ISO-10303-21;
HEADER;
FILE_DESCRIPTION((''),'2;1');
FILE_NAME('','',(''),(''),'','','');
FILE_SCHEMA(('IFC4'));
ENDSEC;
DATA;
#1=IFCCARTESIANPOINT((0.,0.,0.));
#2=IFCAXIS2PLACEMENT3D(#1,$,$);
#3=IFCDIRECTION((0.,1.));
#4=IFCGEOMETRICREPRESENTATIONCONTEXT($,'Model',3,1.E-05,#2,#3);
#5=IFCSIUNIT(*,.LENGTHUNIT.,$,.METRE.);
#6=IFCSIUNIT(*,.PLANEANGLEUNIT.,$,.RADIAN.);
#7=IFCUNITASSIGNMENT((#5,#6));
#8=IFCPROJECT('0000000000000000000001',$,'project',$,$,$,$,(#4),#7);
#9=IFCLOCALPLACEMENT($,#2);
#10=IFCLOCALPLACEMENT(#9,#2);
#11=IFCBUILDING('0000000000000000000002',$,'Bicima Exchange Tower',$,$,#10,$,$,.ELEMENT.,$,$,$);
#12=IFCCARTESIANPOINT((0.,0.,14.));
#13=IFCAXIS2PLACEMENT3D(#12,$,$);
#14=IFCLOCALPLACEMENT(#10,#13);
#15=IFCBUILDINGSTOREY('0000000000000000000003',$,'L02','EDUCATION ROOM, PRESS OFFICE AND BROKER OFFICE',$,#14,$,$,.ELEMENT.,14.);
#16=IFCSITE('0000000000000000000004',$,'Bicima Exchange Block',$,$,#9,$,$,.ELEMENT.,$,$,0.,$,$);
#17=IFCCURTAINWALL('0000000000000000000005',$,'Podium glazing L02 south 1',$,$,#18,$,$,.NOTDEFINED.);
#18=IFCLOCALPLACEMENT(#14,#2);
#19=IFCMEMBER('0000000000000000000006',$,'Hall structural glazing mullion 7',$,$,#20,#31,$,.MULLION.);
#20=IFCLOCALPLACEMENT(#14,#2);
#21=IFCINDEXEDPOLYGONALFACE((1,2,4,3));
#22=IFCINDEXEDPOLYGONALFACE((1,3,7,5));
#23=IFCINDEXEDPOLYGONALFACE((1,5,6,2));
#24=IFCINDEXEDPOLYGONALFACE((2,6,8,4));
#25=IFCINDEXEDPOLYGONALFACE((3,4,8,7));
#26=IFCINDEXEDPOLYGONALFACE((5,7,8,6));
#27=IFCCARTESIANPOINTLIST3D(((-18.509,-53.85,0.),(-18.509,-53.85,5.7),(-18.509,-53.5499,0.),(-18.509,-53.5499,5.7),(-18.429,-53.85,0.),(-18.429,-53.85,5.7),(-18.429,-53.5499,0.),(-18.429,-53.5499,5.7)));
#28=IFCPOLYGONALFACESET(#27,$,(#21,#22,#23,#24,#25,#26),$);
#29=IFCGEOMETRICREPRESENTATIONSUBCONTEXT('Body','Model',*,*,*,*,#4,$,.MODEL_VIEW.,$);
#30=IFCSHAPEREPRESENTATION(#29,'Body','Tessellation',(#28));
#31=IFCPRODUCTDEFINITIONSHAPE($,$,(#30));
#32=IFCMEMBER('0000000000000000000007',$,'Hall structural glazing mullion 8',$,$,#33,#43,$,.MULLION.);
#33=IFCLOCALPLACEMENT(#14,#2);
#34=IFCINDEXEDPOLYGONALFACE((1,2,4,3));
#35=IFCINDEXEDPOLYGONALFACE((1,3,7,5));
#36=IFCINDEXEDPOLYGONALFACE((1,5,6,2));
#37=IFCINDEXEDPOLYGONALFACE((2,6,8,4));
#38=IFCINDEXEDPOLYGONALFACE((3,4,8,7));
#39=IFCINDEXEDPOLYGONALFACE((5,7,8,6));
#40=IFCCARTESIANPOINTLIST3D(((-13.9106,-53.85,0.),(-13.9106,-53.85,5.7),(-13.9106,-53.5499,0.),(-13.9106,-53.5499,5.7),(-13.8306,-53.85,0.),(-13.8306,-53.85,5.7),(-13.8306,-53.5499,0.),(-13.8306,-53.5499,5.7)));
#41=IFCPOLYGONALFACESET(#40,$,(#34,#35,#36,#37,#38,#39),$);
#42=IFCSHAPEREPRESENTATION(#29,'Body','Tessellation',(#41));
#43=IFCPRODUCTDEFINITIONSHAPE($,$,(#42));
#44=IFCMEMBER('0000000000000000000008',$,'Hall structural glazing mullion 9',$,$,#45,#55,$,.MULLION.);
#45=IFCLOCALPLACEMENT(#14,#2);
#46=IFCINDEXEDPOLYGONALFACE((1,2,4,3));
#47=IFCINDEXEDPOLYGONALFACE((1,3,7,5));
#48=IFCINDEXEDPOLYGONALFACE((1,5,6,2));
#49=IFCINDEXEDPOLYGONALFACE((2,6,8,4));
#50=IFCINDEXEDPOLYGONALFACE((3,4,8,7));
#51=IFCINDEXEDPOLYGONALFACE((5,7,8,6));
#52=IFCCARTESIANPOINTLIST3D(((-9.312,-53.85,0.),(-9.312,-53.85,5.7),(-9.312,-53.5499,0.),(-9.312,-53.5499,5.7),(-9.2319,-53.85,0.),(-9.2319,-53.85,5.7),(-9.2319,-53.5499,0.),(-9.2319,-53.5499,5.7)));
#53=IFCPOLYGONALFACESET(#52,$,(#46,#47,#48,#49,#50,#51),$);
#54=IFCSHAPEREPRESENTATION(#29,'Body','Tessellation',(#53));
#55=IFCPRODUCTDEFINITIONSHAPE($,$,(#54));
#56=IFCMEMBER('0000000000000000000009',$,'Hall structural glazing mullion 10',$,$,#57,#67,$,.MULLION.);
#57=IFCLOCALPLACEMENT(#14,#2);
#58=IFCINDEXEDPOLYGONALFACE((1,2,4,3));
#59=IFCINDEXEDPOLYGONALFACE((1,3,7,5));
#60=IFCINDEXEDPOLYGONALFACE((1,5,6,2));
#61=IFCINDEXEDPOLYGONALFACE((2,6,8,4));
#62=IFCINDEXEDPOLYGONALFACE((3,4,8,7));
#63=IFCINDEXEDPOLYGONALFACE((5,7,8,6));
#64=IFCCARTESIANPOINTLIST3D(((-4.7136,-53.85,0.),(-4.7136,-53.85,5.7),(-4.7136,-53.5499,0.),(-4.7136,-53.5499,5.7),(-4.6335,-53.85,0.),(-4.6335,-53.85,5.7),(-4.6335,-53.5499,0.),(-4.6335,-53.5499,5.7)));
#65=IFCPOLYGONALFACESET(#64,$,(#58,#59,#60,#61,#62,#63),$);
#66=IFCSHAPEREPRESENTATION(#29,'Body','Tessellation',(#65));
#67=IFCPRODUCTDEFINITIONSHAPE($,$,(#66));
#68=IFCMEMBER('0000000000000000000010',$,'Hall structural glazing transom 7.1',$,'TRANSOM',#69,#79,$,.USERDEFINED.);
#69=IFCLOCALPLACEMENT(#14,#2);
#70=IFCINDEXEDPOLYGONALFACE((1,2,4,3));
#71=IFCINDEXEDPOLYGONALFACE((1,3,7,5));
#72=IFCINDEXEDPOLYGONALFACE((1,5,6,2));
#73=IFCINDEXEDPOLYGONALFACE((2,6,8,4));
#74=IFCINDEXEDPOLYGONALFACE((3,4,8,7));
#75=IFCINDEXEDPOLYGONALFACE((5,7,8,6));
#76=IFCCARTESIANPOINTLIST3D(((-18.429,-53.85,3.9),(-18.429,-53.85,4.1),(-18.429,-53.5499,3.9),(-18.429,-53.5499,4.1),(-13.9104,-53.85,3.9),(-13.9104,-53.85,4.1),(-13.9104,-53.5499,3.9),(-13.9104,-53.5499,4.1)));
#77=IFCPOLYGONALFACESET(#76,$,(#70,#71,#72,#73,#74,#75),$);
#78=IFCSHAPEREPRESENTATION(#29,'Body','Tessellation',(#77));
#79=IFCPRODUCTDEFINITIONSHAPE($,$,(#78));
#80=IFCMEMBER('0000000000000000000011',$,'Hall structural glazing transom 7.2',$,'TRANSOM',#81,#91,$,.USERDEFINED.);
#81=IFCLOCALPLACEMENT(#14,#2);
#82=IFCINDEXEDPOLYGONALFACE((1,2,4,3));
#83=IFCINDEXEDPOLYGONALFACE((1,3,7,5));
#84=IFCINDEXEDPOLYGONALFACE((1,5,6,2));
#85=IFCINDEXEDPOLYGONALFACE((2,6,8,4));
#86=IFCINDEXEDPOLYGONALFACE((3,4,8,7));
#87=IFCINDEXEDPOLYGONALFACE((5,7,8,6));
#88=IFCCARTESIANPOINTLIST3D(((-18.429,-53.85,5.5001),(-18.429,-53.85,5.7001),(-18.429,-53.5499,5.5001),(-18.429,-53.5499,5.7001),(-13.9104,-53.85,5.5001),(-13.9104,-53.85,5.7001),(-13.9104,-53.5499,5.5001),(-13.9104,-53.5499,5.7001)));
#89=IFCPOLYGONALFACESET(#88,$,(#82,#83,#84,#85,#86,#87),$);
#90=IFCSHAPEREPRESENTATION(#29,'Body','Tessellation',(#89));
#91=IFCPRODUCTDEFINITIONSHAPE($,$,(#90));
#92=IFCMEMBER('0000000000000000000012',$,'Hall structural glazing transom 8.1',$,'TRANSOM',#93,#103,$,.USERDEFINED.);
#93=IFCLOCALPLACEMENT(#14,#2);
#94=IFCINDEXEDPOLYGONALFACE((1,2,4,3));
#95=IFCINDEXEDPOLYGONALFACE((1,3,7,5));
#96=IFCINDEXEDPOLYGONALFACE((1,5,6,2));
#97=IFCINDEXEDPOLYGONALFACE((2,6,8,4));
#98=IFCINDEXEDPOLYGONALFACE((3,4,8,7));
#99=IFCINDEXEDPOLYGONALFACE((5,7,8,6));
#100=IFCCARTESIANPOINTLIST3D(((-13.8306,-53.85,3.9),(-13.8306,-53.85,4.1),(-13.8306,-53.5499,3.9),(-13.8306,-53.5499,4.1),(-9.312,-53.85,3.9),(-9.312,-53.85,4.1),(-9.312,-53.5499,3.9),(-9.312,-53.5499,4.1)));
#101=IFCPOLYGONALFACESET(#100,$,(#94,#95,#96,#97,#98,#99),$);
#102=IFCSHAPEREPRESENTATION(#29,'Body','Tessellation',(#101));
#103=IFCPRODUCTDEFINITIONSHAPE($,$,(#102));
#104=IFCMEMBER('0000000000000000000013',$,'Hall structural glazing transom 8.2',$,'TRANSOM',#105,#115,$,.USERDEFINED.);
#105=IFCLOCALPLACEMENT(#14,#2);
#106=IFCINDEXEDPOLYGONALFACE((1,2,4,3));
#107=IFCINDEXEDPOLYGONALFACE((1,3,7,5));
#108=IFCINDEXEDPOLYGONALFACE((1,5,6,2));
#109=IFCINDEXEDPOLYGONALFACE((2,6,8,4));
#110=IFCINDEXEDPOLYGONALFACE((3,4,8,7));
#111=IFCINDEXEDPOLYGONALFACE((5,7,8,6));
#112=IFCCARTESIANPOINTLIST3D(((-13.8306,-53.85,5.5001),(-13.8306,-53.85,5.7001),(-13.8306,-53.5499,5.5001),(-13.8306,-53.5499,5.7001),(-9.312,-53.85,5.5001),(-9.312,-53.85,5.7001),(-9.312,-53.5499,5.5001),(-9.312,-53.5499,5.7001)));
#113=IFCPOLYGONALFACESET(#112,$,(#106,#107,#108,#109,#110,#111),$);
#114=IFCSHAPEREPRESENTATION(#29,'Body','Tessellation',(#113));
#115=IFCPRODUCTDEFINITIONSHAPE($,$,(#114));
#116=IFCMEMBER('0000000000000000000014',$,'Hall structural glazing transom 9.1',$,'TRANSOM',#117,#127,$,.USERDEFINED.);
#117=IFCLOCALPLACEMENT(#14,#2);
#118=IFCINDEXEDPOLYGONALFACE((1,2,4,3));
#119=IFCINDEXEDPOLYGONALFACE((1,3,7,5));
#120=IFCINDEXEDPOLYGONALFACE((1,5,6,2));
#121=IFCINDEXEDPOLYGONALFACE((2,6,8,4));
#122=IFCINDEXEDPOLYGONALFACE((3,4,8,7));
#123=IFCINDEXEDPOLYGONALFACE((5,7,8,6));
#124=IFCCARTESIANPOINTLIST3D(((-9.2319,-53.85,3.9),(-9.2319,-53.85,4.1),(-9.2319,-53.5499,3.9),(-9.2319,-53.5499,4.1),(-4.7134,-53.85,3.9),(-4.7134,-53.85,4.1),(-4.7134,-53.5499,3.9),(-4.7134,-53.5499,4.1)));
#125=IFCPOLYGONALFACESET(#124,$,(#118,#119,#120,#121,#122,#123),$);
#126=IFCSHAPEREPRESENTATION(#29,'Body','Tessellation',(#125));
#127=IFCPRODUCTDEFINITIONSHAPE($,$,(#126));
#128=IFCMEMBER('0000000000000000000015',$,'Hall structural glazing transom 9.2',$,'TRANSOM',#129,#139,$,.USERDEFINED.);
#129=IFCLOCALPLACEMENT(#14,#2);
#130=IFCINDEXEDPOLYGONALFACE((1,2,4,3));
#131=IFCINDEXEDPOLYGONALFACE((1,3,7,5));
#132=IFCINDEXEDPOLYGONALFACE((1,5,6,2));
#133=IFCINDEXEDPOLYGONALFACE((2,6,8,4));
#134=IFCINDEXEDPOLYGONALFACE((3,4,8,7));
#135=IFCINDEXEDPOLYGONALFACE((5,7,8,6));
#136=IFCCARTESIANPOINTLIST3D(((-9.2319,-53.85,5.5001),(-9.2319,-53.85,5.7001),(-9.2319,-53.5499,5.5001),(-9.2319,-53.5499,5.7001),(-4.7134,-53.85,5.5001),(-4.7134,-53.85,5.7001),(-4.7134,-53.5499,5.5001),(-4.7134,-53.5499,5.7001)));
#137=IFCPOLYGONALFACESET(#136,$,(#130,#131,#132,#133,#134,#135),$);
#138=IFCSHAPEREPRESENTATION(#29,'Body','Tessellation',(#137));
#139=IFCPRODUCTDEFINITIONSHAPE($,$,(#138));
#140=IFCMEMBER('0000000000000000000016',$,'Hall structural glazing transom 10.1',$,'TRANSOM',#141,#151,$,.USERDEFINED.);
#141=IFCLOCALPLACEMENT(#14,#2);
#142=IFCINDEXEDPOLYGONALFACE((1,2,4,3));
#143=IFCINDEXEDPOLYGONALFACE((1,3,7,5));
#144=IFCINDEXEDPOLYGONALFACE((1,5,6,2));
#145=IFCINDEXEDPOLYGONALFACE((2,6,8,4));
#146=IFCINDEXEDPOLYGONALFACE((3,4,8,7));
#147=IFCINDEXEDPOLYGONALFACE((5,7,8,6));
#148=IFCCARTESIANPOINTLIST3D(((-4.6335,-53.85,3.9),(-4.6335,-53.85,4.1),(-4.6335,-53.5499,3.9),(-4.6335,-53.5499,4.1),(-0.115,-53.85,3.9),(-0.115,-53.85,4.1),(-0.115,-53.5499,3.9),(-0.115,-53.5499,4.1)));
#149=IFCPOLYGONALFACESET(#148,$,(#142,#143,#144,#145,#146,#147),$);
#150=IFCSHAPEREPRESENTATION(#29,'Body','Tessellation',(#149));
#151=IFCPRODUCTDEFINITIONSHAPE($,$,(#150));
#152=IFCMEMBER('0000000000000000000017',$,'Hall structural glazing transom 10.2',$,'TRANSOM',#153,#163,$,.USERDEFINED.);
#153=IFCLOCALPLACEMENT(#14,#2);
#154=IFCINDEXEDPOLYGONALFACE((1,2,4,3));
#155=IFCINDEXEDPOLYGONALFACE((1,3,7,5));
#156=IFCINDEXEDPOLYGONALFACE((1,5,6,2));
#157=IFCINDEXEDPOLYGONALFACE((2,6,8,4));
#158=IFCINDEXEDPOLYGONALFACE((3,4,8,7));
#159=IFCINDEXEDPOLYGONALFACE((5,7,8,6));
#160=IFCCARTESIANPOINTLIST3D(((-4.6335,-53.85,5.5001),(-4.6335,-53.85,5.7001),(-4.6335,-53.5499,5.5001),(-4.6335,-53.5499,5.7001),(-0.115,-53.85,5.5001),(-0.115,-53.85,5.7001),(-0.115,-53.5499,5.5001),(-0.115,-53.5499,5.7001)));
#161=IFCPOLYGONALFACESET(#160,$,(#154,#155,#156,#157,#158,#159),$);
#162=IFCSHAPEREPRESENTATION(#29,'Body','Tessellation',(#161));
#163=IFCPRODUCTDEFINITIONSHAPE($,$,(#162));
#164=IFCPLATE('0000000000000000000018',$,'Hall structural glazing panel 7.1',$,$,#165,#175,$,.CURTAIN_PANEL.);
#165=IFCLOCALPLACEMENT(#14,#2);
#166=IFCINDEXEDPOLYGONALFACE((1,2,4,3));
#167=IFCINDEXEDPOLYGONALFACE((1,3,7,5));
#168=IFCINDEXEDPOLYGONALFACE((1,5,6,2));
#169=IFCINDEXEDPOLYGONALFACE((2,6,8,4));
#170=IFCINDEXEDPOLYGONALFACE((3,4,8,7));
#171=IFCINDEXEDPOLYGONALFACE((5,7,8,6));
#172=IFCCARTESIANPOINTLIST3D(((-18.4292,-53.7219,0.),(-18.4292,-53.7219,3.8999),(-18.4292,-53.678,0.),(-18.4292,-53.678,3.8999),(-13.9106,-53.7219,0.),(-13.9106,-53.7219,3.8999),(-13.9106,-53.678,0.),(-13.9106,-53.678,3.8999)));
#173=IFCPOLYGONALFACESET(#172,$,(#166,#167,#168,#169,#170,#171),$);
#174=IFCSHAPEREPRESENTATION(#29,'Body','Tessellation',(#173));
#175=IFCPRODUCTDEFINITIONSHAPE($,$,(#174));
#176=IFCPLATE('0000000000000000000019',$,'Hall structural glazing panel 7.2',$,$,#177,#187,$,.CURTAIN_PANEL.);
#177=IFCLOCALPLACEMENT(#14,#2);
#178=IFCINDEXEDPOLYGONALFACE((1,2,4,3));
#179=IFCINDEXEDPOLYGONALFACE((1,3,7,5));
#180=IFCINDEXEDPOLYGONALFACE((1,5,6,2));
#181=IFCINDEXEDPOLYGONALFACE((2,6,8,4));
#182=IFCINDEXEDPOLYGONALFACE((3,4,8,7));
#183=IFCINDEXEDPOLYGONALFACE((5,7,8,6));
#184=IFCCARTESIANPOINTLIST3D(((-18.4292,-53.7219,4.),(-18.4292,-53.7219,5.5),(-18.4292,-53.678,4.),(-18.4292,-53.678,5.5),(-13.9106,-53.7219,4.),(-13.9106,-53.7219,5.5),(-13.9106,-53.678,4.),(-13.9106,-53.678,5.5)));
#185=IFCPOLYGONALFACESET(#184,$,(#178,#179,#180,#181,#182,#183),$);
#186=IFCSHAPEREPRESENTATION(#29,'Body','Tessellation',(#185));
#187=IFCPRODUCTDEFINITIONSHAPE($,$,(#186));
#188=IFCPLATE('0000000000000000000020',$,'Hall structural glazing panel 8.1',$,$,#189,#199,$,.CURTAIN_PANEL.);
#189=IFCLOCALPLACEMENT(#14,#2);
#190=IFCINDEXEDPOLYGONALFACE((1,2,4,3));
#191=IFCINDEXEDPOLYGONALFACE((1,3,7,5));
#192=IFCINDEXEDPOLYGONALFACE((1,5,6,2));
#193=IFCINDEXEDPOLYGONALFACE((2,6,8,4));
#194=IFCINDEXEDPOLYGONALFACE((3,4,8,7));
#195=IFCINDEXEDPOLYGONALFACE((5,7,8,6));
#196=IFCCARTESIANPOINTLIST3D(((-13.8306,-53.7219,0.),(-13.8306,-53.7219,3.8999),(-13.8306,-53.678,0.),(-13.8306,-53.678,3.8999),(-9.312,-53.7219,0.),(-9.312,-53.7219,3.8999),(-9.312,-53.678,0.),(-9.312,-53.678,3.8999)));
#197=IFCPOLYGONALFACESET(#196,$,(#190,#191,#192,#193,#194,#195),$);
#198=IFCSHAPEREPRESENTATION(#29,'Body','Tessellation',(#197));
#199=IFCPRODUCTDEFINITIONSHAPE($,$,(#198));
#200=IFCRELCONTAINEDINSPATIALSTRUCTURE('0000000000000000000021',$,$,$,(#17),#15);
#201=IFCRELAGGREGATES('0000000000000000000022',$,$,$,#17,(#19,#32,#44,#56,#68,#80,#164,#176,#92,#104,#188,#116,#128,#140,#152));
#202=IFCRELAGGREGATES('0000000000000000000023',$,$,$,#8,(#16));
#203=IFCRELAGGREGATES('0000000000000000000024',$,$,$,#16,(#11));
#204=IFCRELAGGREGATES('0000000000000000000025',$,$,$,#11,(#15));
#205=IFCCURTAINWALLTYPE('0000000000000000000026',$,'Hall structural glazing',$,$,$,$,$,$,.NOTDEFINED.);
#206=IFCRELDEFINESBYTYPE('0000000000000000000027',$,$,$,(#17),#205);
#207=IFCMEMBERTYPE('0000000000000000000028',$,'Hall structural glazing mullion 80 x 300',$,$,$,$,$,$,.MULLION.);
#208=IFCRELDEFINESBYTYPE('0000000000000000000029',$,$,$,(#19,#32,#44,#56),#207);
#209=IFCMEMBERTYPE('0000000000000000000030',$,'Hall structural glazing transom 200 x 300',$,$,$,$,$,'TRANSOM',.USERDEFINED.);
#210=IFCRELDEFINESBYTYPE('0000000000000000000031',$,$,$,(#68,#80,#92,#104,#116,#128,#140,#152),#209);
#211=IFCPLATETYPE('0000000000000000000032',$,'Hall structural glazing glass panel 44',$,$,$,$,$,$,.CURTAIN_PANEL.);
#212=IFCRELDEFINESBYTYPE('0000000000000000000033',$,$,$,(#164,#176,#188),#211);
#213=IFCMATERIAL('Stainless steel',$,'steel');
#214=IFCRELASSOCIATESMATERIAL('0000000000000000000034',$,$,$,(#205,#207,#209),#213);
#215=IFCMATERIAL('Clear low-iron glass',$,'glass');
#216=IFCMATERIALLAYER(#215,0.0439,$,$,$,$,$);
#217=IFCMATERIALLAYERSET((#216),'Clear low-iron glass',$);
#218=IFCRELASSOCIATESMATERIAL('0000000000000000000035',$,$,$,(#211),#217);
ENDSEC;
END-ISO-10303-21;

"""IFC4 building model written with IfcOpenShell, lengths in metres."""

from ifc_helpers import new_model, si_unit, direction, frame, origin, origin_2d, place, context, subcontext, project, spatial, rectangle, extrude, material, layer, layer_set, material_profile, profile_set, type_object, element, aggregate, save


model = new_model("IFC4")

# Units and contexts
model_context = context("Model", 3, precision=1e-05, world=origin(), true_north=direction((0.0, 1.0)))
body_context = subcontext(model_context, "Body", "Model", "MODEL_VIEW")
ifc_project = project(units=[si_unit("LENGTHUNIT", "METRE"), si_unit("PLANEANGLEUNIT", "RADIAN")], contexts=[model_context])

# Site, building, storey
site_placement = place(None, origin())
site = spatial("IfcSite", under=ifc_project, at=site_placement, Name="Bicima Exchange Block", CompositionType="ELEMENT", RefElevation=0.0)
building_placement = place(site_placement, origin())
building = spatial("IfcBuilding", under=site, at=building_placement, Name="Bicima Exchange Tower", CompositionType="ELEMENT")
storey_placement = place(building_placement, frame((0.0, 0.0, 14.0)))
storey = spatial("IfcBuildingStorey", under=building, at=storey_placement, Name="L02", Description="EDUCATION ROOM, PRESS OFFICE AND BROKER OFFICE", CompositionType="ELEMENT", Elevation=14.0)

# Curtain wall, members, plates
ifc_material_1 = material(Name="Stainless steel", Category="steel")
curtain_wall_type = type_object("IfcCurtainWallType", Name="Hall structural glazing", PredefinedType="NOTDEFINED", material=ifc_material_1)
curtain_wall_placement = place(storey_placement, origin())
curtain_wall = element("IfcCurtainWall", 1, at=curtain_wall_placement, inside=storey, type_object=curtain_wall_type, Name="Podium glazing L02 south 1", PredefinedType="NOTDEFINED")
ifc_material_profile_1 = material_profile(ifc_material_1, rectangle(XDim=0.3, YDim=0.0801, at=origin_2d()))
ifc_profile_set_1 = profile_set([ifc_material_profile_1], Name="Stainless steel")
member_type_1 = type_object("IfcMemberType", Name="Hall structural glazing mullion 80 x 300", PredefinedType="MULLION", material=ifc_profile_set_1)
member_1_placement = place(storey_placement, frame((-18.469, -53.7, 0.0), z_axis=(0.0, 0.0, 1.0), x_axis=(0.0, 1.0, 0.0)))
member_1 = element("IfcMember", 2, at=member_1_placement, type_object=member_type_1, Name="Hall structural glazing mullion 7", PredefinedType="MULLION", context=body_context, shape_type="SweptSolid", body=[
    extrude(rectangle(XDim=0.3, YDim=0.0801, at=origin_2d()), origin(), (0.0, 0.0, 1.0), 5.7),
])
member_2_placement = place(storey_placement, frame((-13.8706, -53.7, 0.0), z_axis=(0.0, 0.0, 1.0), x_axis=(0.0, 1.0, 0.0)))
member_2 = element("IfcMember", 3, at=member_2_placement, type_object=member_type_1, Name="Hall structural glazing mullion 8", PredefinedType="MULLION", context=body_context, shape_type="SweptSolid", body=[
    extrude(rectangle(XDim=0.3, YDim=0.0801, at=origin_2d()), origin(), (0.0, 0.0, 1.0), 5.7),
])
member_3_placement = place(storey_placement, frame((-9.272, -53.7, 0.0), z_axis=(0.0, 0.0, 1.0), x_axis=(0.0, 1.0, 0.0)))
member_3 = element("IfcMember", 4, at=member_3_placement, type_object=member_type_1, Name="Hall structural glazing mullion 9", PredefinedType="MULLION", context=body_context, shape_type="SweptSolid", body=[
    extrude(rectangle(XDim=0.3, YDim=0.0801, at=origin_2d()), origin(), (0.0, 0.0, 1.0), 5.7),
])
member_4_placement = place(storey_placement, frame((-4.6736, -53.7, 0.0), z_axis=(0.0, 0.0, 1.0), x_axis=(0.0, 1.0, 0.0)))
member_4 = element("IfcMember", 5, at=member_4_placement, type_object=member_type_1, Name="Hall structural glazing mullion 10", PredefinedType="MULLION", context=body_context, shape_type="SweptSolid", body=[
    extrude(rectangle(XDim=0.3, YDim=0.0801, at=origin_2d()), origin(), (0.0, 0.0, 1.0), 5.7),
])
ifc_material_profile_2 = material_profile(ifc_material_1, rectangle(XDim=0.3, YDim=0.2, at=origin_2d()))
ifc_profile_set_2 = profile_set([ifc_material_profile_2], Name="Stainless steel")
member_type_2 = type_object("IfcMemberType", Name="Hall structural glazing transom 200 x 300", ElementType="TRANSOM", PredefinedType="USERDEFINED", material=ifc_profile_set_2)
member_5_placement = place(storey_placement, frame((-18.429, -53.7, 4.0), z_axis=(1.0, 0.0, 0.0), x_axis=(0.0, 1.0, 0.0)))
member_5 = element("IfcMember", 6, at=member_5_placement, type_object=member_type_2, Name="Hall structural glazing transom 7.1", ObjectType="TRANSOM", PredefinedType="USERDEFINED", context=body_context, shape_type="SweptSolid", body=[
    extrude(rectangle(XDim=0.3, YDim=0.2, at=origin_2d()), origin(), (0.0, 0.0, 1.0), 4.5186),
])
member_6_placement = place(storey_placement, frame((-18.429, -53.7, 5.6001), z_axis=(1.0, 0.0, 0.0), x_axis=(0.0, 1.0, 0.0)))
member_6 = element("IfcMember", 7, at=member_6_placement, type_object=member_type_2, Name="Hall structural glazing transom 7.2", ObjectType="TRANSOM", PredefinedType="USERDEFINED", context=body_context, shape_type="SweptSolid", body=[
    extrude(rectangle(XDim=0.3, YDim=0.2, at=origin_2d()), origin(), (0.0, 0.0, 1.0), 4.5186),
])
member_7_placement = place(storey_placement, frame((-13.8306, -53.7, 4.0), z_axis=(1.0, 0.0, 0.0), x_axis=(0.0, 1.0, 0.0)))
member_7 = element("IfcMember", 8, at=member_7_placement, type_object=member_type_2, Name="Hall structural glazing transom 8.1", ObjectType="TRANSOM", PredefinedType="USERDEFINED", context=body_context, shape_type="SweptSolid", body=[
    extrude(rectangle(XDim=0.3, YDim=0.2, at=origin_2d()), origin(), (0.0, 0.0, 1.0), 4.5186),
])
member_8_placement = place(storey_placement, frame((-13.8306, -53.7, 5.6001), z_axis=(1.0, 0.0, 0.0), x_axis=(0.0, 1.0, 0.0)))
member_8 = element("IfcMember", 9, at=member_8_placement, type_object=member_type_2, Name="Hall structural glazing transom 8.2", ObjectType="TRANSOM", PredefinedType="USERDEFINED", context=body_context, shape_type="SweptSolid", body=[
    extrude(rectangle(XDim=0.3, YDim=0.2, at=origin_2d()), origin(), (0.0, 0.0, 1.0), 4.5186),
])
member_9_placement = place(storey_placement, frame((-9.2319, -53.7, 4.0), z_axis=(1.0, 0.0, 0.0), x_axis=(0.0, 1.0, 0.0)))
member_9 = element("IfcMember", 10, at=member_9_placement, type_object=member_type_2, Name="Hall structural glazing transom 9.1", ObjectType="TRANSOM", PredefinedType="USERDEFINED", context=body_context, shape_type="SweptSolid", body=[
    extrude(rectangle(XDim=0.3, YDim=0.2, at=origin_2d()), origin(), (0.0, 0.0, 1.0), 4.5186),
])
member_10_placement = place(storey_placement, frame((-9.2319, -53.7, 5.6001), z_axis=(1.0, 0.0, 0.0), x_axis=(0.0, 1.0, 0.0)))
member_10 = element("IfcMember", 11, at=member_10_placement, type_object=member_type_2, Name="Hall structural glazing transom 9.2", ObjectType="TRANSOM", PredefinedType="USERDEFINED", context=body_context, shape_type="SweptSolid", body=[
    extrude(rectangle(XDim=0.3, YDim=0.2, at=origin_2d()), origin(), (0.0, 0.0, 1.0), 4.5186),
])
member_11_placement = place(storey_placement, frame((-4.6335, -53.7, 4.0), z_axis=(1.0, 0.0, 0.0), x_axis=(0.0, 1.0, 0.0)))
member_11 = element("IfcMember", 12, at=member_11_placement, type_object=member_type_2, Name="Hall structural glazing transom 10.1", ObjectType="TRANSOM", PredefinedType="USERDEFINED", context=body_context, shape_type="SweptSolid", body=[
    extrude(rectangle(XDim=0.3, YDim=0.2, at=origin_2d()), origin(), (0.0, 0.0, 1.0), 4.5186),
])
member_12_placement = place(storey_placement, frame((-4.6335, -53.7, 5.6001), z_axis=(1.0, 0.0, 0.0), x_axis=(0.0, 1.0, 0.0)))
member_12 = element("IfcMember", 13, at=member_12_placement, type_object=member_type_2, Name="Hall structural glazing transom 10.2", ObjectType="TRANSOM", PredefinedType="USERDEFINED", context=body_context, shape_type="SweptSolid", body=[
    extrude(rectangle(XDim=0.3, YDim=0.2, at=origin_2d()), origin(), (0.0, 0.0, 1.0), 4.5186),
])
ifc_material_2 = material(Name="Clear low-iron glass", Category="glass")
ifc_layer = layer(ifc_material_2, 0.0439)
ifc_layer_set = layer_set([ifc_layer], Name="Clear low-iron glass")
plate_type = type_object("IfcPlateType", Name="Hall structural glazing glass panel 44", PredefinedType="CURTAIN_PANEL", material=ifc_layer_set)
plate_1_placement = place(storey_placement, frame((-16.1699, -53.7, 0.0), z_axis=(0.0, 0.0, 1.0), x_axis=(1.0, 0.0, 0.0)))
plate_1 = element("IfcPlate", 14, at=plate_1_placement, type_object=plate_type, Name="Hall structural glazing panel 7.1", PredefinedType="CURTAIN_PANEL", context=body_context, shape_type="SweptSolid", body=[
    extrude(rectangle(XDim=4.5186, YDim=0.0439, at=origin_2d()), origin(), (0.0, 0.0, 1.0), 3.8999),
])
plate_2_placement = place(storey_placement, frame((-16.1699, -53.7, 4.0), z_axis=(0.0, 0.0, 1.0), x_axis=(1.0, 0.0, 0.0)))
plate_2 = element("IfcPlate", 15, at=plate_2_placement, type_object=plate_type, Name="Hall structural glazing panel 7.2", PredefinedType="CURTAIN_PANEL", context=body_context, shape_type="SweptSolid", body=[
    extrude(rectangle(XDim=4.5186, YDim=0.0439, at=origin_2d()), origin(), (0.0, 0.0, 1.0), 1.5),
])
plate_3_placement = place(storey_placement, frame((-11.5713, -53.7, 0.0), z_axis=(0.0, 0.0, 1.0), x_axis=(1.0, 0.0, 0.0)))
plate_3 = element("IfcPlate", 16, at=plate_3_placement, type_object=plate_type, Name="Hall structural glazing panel 8.1", PredefinedType="CURTAIN_PANEL", context=body_context, shape_type="SweptSolid", body=[
    extrude(rectangle(XDim=4.5186, YDim=0.0439, at=origin_2d()), origin(), (0.0, 0.0, 1.0), 3.8999),
])
aggregate(curtain_wall, [member_1, member_2, member_3, member_4, member_5, member_6, plate_1, plate_2, member_7, member_8, plate_3, member_9, member_10, member_11, member_12])

save(model, "model.ifc")
